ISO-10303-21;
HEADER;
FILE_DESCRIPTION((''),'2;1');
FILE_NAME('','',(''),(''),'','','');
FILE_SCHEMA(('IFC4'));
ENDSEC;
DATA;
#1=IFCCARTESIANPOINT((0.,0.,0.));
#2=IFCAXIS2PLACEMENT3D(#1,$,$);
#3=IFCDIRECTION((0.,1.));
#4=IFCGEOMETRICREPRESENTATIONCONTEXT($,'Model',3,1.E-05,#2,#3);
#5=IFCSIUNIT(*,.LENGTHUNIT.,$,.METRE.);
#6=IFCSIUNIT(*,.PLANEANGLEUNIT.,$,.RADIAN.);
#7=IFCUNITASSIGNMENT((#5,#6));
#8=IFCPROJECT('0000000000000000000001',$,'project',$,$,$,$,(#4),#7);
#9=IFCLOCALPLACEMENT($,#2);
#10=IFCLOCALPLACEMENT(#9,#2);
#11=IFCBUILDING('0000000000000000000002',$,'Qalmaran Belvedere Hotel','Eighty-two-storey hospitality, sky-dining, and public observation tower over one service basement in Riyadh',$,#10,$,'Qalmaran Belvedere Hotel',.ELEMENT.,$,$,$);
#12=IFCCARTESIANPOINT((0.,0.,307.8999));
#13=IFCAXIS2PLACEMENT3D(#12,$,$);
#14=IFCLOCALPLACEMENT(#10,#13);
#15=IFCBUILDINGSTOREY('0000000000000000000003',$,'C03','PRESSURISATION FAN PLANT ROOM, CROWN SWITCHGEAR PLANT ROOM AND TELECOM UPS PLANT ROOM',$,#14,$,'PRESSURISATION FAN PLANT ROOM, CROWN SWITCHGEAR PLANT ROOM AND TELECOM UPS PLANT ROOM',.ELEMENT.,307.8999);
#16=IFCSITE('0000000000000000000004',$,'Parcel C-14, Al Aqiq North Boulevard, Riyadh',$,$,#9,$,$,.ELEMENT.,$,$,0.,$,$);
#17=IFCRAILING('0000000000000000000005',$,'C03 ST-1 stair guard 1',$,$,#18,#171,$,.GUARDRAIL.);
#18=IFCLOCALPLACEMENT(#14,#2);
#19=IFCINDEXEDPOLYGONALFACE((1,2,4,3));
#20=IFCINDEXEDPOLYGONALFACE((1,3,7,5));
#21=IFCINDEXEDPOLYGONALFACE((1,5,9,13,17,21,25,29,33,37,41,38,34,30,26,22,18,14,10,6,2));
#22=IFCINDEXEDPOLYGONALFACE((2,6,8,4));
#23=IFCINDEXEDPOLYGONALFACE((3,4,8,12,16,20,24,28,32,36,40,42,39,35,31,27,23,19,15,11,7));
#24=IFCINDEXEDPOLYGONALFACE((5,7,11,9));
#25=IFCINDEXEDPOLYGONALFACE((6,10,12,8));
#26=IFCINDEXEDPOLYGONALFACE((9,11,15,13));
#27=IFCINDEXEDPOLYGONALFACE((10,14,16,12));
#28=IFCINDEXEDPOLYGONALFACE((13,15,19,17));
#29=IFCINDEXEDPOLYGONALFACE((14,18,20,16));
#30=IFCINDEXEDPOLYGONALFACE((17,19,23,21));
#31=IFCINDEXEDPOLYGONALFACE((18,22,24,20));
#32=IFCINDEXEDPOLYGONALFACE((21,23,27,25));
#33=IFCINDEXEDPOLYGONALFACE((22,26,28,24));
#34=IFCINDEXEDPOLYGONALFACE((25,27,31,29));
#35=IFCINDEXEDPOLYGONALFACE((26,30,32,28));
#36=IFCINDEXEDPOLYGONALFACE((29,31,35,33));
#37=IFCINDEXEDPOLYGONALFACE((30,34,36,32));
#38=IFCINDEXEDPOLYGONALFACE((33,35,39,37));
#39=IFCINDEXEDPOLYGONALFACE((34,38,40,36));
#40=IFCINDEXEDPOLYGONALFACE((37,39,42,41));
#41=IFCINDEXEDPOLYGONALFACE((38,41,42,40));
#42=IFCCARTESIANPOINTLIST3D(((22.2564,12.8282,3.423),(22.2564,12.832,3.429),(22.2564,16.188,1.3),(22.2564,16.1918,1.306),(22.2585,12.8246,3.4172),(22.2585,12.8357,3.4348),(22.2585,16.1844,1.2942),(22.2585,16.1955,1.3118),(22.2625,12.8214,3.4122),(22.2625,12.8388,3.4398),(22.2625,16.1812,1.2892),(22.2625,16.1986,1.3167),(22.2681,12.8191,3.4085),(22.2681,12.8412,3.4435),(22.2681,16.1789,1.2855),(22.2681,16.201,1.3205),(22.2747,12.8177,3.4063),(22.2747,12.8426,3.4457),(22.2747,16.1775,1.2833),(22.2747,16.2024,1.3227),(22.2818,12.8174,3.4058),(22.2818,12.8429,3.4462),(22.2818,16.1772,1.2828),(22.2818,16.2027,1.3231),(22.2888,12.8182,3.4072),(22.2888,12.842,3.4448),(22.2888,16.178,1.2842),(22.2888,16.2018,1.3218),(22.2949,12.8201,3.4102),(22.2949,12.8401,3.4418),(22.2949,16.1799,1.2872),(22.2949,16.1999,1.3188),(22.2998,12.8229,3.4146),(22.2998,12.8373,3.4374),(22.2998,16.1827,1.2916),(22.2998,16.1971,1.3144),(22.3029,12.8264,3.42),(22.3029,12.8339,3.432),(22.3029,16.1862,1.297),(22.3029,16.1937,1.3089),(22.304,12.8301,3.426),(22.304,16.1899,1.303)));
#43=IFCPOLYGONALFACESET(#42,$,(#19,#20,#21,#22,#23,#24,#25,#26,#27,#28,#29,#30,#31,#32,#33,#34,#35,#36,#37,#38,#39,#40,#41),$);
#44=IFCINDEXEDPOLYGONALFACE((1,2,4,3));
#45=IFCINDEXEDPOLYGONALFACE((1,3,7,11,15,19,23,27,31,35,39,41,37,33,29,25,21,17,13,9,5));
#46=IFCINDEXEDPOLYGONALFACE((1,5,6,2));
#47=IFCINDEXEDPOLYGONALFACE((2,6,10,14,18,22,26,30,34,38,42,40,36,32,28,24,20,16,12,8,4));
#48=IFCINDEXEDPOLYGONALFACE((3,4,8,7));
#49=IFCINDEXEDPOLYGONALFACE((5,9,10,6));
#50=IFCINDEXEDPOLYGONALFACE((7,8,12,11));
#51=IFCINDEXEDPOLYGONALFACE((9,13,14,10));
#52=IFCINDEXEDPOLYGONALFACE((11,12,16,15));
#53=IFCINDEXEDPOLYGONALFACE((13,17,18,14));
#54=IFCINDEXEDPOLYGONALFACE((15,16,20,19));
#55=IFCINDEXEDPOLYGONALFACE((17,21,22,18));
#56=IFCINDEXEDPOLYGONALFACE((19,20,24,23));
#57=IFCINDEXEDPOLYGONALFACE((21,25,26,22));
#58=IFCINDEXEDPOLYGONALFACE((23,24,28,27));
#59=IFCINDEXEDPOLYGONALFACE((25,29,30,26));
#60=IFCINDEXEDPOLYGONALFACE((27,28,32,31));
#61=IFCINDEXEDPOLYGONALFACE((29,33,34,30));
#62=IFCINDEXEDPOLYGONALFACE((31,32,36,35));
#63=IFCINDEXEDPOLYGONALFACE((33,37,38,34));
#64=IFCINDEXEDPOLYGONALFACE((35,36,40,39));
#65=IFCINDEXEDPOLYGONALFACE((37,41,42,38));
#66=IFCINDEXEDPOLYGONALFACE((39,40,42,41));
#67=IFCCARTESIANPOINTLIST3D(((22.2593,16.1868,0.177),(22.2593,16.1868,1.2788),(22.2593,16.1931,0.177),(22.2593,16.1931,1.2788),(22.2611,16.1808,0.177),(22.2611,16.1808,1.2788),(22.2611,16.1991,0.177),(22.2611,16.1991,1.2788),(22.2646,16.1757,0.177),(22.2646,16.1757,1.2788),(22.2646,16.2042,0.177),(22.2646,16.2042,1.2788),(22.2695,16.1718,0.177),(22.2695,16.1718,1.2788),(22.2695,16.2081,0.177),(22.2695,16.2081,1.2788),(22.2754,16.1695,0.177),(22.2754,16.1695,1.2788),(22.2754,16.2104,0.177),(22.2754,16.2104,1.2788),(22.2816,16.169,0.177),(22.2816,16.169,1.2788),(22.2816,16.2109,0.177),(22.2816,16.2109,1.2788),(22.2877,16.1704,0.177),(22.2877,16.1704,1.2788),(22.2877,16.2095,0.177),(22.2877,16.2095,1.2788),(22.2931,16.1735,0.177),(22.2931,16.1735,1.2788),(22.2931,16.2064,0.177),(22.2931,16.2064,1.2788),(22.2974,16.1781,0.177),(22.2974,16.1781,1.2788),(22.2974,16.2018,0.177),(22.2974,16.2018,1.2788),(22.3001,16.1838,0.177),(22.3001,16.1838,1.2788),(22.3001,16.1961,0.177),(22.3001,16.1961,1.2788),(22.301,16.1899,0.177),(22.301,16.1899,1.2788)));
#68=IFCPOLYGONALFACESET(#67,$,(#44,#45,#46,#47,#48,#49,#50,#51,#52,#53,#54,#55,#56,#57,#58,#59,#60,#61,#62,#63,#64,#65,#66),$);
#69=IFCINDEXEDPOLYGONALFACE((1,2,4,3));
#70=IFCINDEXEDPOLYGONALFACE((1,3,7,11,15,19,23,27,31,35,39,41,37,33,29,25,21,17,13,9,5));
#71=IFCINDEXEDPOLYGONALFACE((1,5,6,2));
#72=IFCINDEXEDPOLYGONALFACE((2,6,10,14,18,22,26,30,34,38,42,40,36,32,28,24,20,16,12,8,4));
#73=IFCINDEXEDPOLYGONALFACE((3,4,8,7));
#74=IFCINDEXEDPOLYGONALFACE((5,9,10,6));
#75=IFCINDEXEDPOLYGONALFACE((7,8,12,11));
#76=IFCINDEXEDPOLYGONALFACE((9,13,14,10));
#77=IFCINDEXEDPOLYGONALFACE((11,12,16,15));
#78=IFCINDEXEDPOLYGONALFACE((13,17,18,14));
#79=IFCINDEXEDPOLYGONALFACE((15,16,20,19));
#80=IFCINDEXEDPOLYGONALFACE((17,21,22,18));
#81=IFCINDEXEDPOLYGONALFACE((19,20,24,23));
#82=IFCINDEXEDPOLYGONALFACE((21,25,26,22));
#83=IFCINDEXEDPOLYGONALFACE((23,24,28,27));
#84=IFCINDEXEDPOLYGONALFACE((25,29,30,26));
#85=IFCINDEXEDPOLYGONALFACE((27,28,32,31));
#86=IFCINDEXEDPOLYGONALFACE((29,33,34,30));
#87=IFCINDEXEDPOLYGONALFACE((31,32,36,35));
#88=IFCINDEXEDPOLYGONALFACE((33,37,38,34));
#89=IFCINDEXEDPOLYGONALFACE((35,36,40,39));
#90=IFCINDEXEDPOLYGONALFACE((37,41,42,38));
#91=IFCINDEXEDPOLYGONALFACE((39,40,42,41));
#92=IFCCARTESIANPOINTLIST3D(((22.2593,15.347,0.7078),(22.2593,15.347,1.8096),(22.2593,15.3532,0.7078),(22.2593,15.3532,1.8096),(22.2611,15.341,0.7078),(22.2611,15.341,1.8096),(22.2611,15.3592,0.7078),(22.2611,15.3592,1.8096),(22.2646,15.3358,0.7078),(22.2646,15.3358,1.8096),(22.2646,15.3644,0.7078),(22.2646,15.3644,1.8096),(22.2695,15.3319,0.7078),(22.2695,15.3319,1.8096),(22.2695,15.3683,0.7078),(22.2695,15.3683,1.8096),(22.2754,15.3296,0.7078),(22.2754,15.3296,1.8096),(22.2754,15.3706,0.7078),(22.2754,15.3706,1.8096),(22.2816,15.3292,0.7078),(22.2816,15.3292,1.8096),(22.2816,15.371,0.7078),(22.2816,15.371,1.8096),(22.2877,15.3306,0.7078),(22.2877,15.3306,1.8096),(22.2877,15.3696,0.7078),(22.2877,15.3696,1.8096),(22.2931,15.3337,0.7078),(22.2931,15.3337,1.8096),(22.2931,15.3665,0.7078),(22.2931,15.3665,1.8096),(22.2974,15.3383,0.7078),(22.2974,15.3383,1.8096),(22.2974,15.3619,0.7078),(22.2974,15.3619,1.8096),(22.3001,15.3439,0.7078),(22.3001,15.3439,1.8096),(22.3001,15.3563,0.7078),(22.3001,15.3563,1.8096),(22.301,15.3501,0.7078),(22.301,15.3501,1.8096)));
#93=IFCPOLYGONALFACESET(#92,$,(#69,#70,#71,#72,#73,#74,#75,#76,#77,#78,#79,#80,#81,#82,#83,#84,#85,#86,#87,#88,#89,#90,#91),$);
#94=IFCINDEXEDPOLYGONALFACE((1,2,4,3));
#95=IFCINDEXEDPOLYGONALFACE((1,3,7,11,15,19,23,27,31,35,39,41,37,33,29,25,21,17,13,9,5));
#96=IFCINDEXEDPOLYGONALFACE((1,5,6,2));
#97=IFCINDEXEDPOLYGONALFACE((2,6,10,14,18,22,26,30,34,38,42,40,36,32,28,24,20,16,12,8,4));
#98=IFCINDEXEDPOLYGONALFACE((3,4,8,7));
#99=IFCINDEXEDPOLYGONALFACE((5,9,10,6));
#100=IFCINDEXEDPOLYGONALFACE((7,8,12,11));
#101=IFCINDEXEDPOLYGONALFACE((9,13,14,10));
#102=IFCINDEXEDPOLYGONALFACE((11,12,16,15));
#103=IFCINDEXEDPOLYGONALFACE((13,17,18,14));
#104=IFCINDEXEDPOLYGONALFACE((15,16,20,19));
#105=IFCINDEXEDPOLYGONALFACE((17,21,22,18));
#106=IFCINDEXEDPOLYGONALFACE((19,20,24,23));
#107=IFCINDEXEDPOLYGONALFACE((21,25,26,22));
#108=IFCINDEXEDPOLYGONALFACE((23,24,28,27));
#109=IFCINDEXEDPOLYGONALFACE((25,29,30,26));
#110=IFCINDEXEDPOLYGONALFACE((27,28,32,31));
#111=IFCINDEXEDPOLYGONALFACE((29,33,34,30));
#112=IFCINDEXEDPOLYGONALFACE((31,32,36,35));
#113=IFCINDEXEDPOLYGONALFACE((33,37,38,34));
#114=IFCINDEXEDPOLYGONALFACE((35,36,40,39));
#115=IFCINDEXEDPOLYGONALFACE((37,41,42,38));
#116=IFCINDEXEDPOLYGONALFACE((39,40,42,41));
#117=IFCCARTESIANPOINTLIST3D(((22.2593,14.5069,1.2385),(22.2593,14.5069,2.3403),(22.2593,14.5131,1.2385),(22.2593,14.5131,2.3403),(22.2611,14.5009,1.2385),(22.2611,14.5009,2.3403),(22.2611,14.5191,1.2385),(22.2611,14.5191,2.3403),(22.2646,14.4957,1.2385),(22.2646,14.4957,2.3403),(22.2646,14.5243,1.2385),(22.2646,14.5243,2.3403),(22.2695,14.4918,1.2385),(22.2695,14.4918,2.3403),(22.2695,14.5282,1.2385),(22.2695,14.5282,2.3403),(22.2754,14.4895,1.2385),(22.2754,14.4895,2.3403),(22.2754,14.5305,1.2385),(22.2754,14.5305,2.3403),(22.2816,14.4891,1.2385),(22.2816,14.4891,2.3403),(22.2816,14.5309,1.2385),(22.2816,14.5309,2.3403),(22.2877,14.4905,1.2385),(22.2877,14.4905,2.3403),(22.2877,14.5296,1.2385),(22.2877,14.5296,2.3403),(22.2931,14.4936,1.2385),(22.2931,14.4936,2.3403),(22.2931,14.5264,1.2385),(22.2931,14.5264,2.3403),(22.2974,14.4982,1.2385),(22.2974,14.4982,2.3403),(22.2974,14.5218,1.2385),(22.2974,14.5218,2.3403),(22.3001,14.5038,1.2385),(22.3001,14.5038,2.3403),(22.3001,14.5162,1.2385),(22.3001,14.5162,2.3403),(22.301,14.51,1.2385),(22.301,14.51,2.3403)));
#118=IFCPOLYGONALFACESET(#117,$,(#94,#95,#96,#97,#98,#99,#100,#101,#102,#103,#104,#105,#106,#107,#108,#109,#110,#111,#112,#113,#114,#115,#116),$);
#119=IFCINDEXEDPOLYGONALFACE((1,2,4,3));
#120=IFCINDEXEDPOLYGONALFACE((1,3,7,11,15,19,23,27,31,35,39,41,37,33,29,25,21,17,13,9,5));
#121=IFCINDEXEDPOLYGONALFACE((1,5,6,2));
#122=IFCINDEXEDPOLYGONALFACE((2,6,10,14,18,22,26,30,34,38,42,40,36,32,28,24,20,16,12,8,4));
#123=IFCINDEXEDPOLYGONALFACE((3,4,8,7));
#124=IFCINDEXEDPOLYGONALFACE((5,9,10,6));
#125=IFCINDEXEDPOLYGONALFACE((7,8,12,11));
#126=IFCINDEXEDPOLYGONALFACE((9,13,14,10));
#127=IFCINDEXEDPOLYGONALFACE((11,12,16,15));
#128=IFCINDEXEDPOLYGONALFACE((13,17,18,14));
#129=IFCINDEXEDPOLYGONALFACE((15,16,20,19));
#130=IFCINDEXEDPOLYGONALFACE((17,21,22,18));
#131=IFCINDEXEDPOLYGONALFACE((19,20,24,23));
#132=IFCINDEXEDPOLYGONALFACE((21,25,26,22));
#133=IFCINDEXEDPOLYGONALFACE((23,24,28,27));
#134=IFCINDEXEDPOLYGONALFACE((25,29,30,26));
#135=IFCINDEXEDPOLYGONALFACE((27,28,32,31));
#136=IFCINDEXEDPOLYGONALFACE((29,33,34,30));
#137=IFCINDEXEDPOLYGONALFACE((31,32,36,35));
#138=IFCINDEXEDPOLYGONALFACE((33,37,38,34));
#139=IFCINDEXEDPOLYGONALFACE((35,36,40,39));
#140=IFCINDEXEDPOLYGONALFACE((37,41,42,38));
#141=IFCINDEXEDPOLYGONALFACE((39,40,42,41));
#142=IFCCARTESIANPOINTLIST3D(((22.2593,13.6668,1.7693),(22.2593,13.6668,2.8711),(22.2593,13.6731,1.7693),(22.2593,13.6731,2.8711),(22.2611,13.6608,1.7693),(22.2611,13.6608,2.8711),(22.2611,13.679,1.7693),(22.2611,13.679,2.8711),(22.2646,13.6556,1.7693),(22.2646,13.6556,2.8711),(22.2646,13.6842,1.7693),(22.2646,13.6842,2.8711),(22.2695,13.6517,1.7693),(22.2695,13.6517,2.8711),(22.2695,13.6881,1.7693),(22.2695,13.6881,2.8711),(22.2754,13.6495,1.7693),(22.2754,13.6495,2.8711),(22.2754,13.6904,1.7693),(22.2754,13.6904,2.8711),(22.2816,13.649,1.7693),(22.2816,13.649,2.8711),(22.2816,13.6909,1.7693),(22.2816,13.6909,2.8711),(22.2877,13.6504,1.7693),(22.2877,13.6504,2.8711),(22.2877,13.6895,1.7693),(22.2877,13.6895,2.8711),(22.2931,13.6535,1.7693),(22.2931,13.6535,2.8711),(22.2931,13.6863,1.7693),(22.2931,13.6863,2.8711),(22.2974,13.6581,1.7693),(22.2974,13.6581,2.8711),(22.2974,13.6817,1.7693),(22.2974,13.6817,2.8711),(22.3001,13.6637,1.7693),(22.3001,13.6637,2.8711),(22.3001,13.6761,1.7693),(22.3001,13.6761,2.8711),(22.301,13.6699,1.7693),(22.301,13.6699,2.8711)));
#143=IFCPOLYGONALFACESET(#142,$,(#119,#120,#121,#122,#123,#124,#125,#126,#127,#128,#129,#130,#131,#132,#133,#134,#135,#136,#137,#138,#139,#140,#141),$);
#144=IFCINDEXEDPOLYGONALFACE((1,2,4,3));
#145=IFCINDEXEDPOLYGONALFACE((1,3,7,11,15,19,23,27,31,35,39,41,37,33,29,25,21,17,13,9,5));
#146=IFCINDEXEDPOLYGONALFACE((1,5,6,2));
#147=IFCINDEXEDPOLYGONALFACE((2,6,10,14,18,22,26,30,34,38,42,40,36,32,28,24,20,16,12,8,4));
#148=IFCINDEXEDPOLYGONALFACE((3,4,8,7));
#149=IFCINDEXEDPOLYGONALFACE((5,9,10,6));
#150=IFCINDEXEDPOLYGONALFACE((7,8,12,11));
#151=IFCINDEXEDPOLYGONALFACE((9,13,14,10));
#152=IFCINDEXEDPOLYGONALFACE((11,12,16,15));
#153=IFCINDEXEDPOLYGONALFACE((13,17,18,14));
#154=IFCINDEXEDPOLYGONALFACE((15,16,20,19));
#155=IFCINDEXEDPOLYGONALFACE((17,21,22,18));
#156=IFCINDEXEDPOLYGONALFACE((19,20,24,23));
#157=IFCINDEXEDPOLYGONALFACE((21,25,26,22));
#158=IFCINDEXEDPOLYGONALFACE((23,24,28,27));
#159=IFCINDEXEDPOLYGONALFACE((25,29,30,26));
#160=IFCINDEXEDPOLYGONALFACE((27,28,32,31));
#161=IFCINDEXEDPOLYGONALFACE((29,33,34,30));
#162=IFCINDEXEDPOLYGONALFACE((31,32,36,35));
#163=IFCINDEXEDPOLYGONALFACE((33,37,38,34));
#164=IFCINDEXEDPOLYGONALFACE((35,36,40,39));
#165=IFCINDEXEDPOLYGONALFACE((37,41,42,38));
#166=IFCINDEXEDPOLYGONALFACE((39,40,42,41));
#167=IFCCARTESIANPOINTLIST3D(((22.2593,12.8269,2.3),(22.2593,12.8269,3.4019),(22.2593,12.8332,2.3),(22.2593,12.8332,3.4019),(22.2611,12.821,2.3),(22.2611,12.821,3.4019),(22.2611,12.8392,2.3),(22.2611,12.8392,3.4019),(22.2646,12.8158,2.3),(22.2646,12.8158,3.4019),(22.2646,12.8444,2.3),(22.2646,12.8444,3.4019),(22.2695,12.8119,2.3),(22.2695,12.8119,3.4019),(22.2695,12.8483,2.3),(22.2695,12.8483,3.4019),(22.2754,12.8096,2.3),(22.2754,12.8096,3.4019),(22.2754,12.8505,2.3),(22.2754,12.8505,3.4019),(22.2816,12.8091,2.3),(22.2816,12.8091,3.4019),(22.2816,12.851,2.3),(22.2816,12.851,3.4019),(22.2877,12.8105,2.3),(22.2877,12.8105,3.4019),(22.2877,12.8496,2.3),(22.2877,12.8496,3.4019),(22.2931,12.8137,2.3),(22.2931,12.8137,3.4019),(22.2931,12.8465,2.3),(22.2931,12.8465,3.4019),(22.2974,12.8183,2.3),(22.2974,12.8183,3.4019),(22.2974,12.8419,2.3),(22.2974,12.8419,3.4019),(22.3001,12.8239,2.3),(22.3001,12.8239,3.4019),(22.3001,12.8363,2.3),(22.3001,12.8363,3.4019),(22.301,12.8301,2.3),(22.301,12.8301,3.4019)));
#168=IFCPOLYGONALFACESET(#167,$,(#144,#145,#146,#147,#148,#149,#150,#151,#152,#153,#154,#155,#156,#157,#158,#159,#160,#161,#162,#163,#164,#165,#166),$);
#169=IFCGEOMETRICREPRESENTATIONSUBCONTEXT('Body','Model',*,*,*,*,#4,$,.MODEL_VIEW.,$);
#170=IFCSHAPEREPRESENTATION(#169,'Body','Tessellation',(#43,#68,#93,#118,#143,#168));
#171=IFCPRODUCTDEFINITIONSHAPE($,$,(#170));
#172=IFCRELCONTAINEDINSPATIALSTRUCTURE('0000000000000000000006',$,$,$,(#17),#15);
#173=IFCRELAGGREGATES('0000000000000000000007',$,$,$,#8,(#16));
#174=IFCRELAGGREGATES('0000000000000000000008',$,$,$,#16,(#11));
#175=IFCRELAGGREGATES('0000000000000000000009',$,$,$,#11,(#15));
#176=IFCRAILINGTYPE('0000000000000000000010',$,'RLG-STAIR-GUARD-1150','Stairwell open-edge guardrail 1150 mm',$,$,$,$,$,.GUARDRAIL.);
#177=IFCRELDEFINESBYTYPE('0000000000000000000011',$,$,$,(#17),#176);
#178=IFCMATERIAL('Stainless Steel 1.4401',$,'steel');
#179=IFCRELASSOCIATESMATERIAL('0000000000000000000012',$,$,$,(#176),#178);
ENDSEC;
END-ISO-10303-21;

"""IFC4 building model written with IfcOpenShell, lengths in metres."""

from ifc_helpers import new_model, si_unit, direction, frame, origin, origin_2d, place, context, subcontext, project, spatial, circle, extrude, material, type_object, element, save


model = new_model("IFC4")

# Units and contexts
model_context = context("Model", 3, precision=1e-05, world=origin(), true_north=direction((0.0, 1.0)))
body_context = subcontext(model_context, "Body", "Model", "MODEL_VIEW")
ifc_project = project(units=[si_unit("LENGTHUNIT", "METRE"), si_unit("PLANEANGLEUNIT", "RADIAN")], contexts=[model_context])

# Site, building, storey
site_placement = place(None, origin())
site = spatial("IfcSite", under=ifc_project, at=site_placement, Name="Parcel C-14, Al Aqiq North Boulevard, Riyadh", CompositionType="ELEMENT", RefElevation=0.0)
building_placement = place(site_placement, origin())
building = spatial("IfcBuilding", under=site, at=building_placement, Name="Qalmaran Belvedere Hotel", Description="Eighty-two-storey hospitality, sky-dining, and public observation tower over one service basement in Riyadh", LongName="Qalmaran Belvedere Hotel", CompositionType="ELEMENT")
storey_placement = place(building_placement, frame((0.0, 0.0, 307.8999)))
storey = spatial("IfcBuildingStorey", under=building, at=storey_placement, Name="C03", Description="PRESSURISATION FAN PLANT ROOM, CROWN SWITCHGEAR PLANT ROOM AND TELECOM UPS PLANT ROOM", LongName="PRESSURISATION FAN PLANT ROOM, CROWN SWITCHGEAR PLANT ROOM AND TELECOM UPS PLANT ROOM", CompositionType="ELEMENT", Elevation=307.8999)

# Shared definitions
ifc_material_1 = material(Name="Stainless Steel 1.4401", Category="steel")

# Railing
railing_type_1 = type_object("IfcRailingType", Name="RLG-STAIR-GUARD-1150", Description="Stairwell open-edge guardrail 1150 mm", PredefinedType="GUARDRAIL", material=ifc_material_1)
railing_1_placement = place(storey_placement, frame((22.28, 16.1899, 0.177)))
element("IfcRailing", 1, at=railing_1_placement, inside=storey, type_object=railing_type_1, Name="C03 ST-1 stair guard 1", PredefinedType="GUARDRAIL", context=body_context, shape_type="SweptSolid", body=[
    extrude(circle(Radius=0.0239, at=origin_2d()), frame((0.0, 0.0, 1.126), z_axis=(0.0, -0.845372, 0.534178), x_axis=(1.0, 0.0, 0.0)), (0.0, 0.0, 1.0), 3.9744),
    extrude(circle(Radius=0.021, at=origin_2d()), origin(), (0.0, 0.0, 1.0), 1.1018),
    extrude(circle(Radius=0.021, at=origin_2d()), frame((0.0, -0.8398, 0.5308)), (0.0, 0.0, 1.0), 1.1018),
    extrude(circle(Radius=0.021, at=origin_2d()), frame((0.0, -1.6799, 1.0615)), (0.0, 0.0, 1.0), 1.1018),
    extrude(circle(Radius=0.021, at=origin_2d()), frame((0.0, -2.52, 1.5923)), (0.0, 0.0, 1.0), 1.1018),
    extrude(circle(Radius=0.021, at=origin_2d()), frame((0.0, -3.3599, 2.123)), (0.0, 0.0, 1.0), 1.1018),
])

save(model, "model.ifc")
